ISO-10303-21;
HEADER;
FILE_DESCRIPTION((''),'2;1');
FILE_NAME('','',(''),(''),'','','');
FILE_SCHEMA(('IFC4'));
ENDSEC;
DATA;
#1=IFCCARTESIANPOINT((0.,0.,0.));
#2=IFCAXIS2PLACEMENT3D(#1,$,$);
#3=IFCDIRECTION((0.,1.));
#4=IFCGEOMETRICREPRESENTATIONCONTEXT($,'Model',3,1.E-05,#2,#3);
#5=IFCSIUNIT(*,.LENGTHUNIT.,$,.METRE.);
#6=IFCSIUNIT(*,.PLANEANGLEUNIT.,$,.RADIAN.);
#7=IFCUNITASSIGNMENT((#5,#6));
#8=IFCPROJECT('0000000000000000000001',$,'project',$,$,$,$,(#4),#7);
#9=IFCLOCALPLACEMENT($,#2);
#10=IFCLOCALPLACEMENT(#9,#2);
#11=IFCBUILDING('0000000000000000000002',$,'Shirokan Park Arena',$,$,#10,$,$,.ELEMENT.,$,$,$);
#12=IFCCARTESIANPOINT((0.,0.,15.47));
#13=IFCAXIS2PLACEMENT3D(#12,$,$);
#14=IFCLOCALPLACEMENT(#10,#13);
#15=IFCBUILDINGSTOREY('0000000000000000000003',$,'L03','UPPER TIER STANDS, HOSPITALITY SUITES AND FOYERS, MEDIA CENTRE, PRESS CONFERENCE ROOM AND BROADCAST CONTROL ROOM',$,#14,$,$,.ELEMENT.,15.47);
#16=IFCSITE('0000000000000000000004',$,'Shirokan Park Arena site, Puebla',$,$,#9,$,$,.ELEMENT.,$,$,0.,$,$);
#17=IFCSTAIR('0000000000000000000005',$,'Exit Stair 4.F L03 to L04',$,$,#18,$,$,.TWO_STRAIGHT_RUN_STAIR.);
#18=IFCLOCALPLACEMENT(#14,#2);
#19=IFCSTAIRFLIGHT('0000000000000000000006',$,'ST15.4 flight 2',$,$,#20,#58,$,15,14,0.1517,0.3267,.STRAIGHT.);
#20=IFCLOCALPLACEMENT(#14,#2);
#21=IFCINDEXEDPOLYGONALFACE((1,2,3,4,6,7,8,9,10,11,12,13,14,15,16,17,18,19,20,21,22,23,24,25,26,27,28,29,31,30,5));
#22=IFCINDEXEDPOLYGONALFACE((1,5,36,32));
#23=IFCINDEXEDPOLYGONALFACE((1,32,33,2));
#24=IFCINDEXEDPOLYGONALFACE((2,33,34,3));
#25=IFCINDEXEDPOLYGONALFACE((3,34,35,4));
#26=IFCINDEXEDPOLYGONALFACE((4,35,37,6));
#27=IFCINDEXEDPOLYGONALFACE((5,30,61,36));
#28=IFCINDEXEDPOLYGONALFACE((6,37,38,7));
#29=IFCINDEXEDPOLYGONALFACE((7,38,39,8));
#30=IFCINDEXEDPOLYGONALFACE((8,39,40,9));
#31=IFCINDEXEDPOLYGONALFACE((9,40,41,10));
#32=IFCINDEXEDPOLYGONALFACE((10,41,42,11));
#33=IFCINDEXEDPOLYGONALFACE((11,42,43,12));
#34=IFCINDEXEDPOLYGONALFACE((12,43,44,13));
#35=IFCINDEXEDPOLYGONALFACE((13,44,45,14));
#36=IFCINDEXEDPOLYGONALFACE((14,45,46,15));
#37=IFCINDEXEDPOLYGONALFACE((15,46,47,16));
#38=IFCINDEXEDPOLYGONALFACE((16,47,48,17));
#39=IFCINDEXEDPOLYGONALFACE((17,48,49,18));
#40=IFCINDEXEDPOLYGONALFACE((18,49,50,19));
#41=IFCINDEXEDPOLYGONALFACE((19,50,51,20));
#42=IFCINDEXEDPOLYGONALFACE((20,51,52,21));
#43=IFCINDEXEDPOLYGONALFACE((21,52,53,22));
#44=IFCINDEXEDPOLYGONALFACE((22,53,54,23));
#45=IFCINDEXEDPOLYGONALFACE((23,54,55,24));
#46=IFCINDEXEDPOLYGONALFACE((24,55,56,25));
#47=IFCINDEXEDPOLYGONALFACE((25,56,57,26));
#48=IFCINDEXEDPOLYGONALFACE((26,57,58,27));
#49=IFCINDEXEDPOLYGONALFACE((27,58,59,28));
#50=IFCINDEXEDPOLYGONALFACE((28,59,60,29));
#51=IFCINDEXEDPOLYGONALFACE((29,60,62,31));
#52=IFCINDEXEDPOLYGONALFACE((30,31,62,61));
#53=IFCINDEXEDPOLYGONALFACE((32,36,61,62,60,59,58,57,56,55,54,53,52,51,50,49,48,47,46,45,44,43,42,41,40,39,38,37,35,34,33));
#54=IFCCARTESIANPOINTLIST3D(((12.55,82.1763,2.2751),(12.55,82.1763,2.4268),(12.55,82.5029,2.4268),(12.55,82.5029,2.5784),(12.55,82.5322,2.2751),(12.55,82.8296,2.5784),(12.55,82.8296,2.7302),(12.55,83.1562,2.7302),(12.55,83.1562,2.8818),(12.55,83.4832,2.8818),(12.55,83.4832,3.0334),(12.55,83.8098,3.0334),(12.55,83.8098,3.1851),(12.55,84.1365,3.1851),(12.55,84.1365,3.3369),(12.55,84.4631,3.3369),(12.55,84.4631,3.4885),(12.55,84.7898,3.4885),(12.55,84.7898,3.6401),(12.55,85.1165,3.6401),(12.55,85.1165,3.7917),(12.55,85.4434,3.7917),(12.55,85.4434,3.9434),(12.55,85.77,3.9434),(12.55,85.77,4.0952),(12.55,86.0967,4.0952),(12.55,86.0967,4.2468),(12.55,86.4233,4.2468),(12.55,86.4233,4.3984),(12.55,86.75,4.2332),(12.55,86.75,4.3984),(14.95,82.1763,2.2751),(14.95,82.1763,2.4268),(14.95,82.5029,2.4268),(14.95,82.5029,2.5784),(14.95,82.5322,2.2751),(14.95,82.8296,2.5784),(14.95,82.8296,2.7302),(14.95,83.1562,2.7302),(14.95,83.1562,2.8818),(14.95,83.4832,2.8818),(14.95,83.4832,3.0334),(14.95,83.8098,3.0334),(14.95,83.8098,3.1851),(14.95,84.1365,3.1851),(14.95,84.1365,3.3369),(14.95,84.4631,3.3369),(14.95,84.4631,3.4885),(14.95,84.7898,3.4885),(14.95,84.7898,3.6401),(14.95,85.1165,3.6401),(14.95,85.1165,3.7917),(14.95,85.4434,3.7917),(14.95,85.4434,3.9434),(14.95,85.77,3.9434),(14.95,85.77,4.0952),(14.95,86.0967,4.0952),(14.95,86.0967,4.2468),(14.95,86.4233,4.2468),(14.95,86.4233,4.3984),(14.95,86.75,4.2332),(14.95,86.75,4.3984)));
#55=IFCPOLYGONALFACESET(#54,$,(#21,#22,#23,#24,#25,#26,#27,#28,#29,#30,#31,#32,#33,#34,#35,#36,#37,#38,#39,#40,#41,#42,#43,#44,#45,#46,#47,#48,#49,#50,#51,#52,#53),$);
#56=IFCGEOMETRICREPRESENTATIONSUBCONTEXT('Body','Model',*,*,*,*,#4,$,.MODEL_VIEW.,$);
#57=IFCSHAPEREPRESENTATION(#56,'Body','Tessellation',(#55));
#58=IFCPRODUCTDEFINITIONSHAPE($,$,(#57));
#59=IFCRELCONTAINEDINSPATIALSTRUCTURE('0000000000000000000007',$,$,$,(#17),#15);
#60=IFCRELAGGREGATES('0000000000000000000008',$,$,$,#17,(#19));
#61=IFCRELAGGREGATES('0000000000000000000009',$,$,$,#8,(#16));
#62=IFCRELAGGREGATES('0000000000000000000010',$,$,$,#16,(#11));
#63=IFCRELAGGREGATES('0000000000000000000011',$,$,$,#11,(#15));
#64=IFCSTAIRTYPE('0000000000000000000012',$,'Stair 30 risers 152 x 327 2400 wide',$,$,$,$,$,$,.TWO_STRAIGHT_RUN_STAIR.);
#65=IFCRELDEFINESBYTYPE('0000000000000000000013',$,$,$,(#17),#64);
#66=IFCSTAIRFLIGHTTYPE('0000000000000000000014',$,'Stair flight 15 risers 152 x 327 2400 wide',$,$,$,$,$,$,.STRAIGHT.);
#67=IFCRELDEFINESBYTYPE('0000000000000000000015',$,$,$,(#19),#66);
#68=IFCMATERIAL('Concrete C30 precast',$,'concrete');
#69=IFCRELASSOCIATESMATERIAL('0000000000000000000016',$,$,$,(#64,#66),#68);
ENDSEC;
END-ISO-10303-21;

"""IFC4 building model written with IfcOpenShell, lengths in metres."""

from ifc_helpers import new_model, si_unit, direction, frame, origin, place, context, subcontext, project, spatial, polyline, outline, extrude, material, type_object, element, aggregate, save


model = new_model("IFC4")

# Units and contexts
model_context = context("Model", 3, precision=1e-05, world=origin(), true_north=direction((0.0, 1.0)))
body_context = subcontext(model_context, "Body", "Model", "MODEL_VIEW")
ifc_project = project(units=[si_unit("LENGTHUNIT", "METRE"), si_unit("PLANEANGLEUNIT", "RADIAN")], contexts=[model_context])

# Site, building, storey
site_placement = place(None, origin())
site = spatial("IfcSite", under=ifc_project, at=site_placement, Name="Shirokan Park Arena site, Puebla", CompositionType="ELEMENT", RefElevation=0.0)
building_placement = place(site_placement, origin())
building = spatial("IfcBuilding", under=site, at=building_placement, Name="Shirokan Park Arena", CompositionType="ELEMENT")
storey_placement = place(building_placement, frame((0.0, 0.0, 15.47)))
storey = spatial("IfcBuildingStorey", under=building, at=storey_placement, Name="L03", Description="UPPER TIER STANDS, HOSPITALITY SUITES AND FOYERS, MEDIA CENTRE, PRESS CONFERENCE ROOM AND BROADCAST CONTROL ROOM", CompositionType="ELEMENT", Elevation=15.47)

# Stair, stair flight
ifc_material_1 = material(Name="Concrete C30 precast", Category="concrete")
stair_type = type_object("IfcStairType", Name="Stair 30 risers 152 x 327 2400 wide", PredefinedType="TWO_STRAIGHT_RUN_STAIR", material=ifc_material_1)
stair_placement = place(storey_placement, origin())
stair = element("IfcStair", 1, at=stair_placement, inside=storey, type_object=stair_type, Name="Exit Stair 4.F L03 to L04", PredefinedType="TWO_STRAIGHT_RUN_STAIR")
stair_flight_type = type_object("IfcStairFlightType", Name="Stair flight 15 risers 152 x 327 2400 wide", PredefinedType="STRAIGHT", material=ifc_material_1)
stair_flight_1_placement = place(storey_placement, frame((13.75, 82.1763, 2.2751), z_axis=(0.0, 0.0, 1.0), x_axis=(0.0, 1.0, 0.0)))
stair_flight_1 = element("IfcStairFlight", 2, at=stair_flight_1_placement, type_object=stair_flight_type, Name="ST15.4 flight 2", NumberOfRisers=15, NumberOfTreads=14, PredefinedType="STRAIGHT", RiserHeight=0.1517, TreadLength=0.3267, context=body_context, shape_type="SweptSolid", body=[
    extrude(outline(polyline([(0.0, 0.0), (0.0, 0.1516), (0.3267, 0.1516), (0.3267, 0.3032), (0.6533, 0.3032), (0.6533, 0.4551), (0.98, 0.4551), (0.98, 0.6067), (1.3069, 0.6067), (1.3069, 0.7583), (1.6335, 0.7583), (1.6335, 0.9099), (1.9602, 0.9099), (1.9602, 1.0618), (2.2869, 1.0618), (2.2869, 1.2134), (2.6135, 1.2134), (2.6135, 1.365), (2.9402, 1.365), (2.9402, 1.5166), (3.2671, 1.5166), (3.2671, 1.6682), (3.5938, 1.6682), (3.5938, 1.8201), (3.9204, 1.8201), (3.9204, 1.9717), (4.2471, 1.9717), (4.2471, 2.1233), (4.5737, 2.1233), (4.5737, 2.2749), (4.5737, 1.958), (0.356, 0.0), (0.0, 0.0)])), frame((0.0, 1.2, 0.0), z_axis=(0.0, -1.0, 0.0), x_axis=(1.0, 0.0, 0.0)), (0.0, 0.0, 1.0), 2.3999),
])
aggregate(stair, [stair_flight_1])

save(model, "model.ifc")
